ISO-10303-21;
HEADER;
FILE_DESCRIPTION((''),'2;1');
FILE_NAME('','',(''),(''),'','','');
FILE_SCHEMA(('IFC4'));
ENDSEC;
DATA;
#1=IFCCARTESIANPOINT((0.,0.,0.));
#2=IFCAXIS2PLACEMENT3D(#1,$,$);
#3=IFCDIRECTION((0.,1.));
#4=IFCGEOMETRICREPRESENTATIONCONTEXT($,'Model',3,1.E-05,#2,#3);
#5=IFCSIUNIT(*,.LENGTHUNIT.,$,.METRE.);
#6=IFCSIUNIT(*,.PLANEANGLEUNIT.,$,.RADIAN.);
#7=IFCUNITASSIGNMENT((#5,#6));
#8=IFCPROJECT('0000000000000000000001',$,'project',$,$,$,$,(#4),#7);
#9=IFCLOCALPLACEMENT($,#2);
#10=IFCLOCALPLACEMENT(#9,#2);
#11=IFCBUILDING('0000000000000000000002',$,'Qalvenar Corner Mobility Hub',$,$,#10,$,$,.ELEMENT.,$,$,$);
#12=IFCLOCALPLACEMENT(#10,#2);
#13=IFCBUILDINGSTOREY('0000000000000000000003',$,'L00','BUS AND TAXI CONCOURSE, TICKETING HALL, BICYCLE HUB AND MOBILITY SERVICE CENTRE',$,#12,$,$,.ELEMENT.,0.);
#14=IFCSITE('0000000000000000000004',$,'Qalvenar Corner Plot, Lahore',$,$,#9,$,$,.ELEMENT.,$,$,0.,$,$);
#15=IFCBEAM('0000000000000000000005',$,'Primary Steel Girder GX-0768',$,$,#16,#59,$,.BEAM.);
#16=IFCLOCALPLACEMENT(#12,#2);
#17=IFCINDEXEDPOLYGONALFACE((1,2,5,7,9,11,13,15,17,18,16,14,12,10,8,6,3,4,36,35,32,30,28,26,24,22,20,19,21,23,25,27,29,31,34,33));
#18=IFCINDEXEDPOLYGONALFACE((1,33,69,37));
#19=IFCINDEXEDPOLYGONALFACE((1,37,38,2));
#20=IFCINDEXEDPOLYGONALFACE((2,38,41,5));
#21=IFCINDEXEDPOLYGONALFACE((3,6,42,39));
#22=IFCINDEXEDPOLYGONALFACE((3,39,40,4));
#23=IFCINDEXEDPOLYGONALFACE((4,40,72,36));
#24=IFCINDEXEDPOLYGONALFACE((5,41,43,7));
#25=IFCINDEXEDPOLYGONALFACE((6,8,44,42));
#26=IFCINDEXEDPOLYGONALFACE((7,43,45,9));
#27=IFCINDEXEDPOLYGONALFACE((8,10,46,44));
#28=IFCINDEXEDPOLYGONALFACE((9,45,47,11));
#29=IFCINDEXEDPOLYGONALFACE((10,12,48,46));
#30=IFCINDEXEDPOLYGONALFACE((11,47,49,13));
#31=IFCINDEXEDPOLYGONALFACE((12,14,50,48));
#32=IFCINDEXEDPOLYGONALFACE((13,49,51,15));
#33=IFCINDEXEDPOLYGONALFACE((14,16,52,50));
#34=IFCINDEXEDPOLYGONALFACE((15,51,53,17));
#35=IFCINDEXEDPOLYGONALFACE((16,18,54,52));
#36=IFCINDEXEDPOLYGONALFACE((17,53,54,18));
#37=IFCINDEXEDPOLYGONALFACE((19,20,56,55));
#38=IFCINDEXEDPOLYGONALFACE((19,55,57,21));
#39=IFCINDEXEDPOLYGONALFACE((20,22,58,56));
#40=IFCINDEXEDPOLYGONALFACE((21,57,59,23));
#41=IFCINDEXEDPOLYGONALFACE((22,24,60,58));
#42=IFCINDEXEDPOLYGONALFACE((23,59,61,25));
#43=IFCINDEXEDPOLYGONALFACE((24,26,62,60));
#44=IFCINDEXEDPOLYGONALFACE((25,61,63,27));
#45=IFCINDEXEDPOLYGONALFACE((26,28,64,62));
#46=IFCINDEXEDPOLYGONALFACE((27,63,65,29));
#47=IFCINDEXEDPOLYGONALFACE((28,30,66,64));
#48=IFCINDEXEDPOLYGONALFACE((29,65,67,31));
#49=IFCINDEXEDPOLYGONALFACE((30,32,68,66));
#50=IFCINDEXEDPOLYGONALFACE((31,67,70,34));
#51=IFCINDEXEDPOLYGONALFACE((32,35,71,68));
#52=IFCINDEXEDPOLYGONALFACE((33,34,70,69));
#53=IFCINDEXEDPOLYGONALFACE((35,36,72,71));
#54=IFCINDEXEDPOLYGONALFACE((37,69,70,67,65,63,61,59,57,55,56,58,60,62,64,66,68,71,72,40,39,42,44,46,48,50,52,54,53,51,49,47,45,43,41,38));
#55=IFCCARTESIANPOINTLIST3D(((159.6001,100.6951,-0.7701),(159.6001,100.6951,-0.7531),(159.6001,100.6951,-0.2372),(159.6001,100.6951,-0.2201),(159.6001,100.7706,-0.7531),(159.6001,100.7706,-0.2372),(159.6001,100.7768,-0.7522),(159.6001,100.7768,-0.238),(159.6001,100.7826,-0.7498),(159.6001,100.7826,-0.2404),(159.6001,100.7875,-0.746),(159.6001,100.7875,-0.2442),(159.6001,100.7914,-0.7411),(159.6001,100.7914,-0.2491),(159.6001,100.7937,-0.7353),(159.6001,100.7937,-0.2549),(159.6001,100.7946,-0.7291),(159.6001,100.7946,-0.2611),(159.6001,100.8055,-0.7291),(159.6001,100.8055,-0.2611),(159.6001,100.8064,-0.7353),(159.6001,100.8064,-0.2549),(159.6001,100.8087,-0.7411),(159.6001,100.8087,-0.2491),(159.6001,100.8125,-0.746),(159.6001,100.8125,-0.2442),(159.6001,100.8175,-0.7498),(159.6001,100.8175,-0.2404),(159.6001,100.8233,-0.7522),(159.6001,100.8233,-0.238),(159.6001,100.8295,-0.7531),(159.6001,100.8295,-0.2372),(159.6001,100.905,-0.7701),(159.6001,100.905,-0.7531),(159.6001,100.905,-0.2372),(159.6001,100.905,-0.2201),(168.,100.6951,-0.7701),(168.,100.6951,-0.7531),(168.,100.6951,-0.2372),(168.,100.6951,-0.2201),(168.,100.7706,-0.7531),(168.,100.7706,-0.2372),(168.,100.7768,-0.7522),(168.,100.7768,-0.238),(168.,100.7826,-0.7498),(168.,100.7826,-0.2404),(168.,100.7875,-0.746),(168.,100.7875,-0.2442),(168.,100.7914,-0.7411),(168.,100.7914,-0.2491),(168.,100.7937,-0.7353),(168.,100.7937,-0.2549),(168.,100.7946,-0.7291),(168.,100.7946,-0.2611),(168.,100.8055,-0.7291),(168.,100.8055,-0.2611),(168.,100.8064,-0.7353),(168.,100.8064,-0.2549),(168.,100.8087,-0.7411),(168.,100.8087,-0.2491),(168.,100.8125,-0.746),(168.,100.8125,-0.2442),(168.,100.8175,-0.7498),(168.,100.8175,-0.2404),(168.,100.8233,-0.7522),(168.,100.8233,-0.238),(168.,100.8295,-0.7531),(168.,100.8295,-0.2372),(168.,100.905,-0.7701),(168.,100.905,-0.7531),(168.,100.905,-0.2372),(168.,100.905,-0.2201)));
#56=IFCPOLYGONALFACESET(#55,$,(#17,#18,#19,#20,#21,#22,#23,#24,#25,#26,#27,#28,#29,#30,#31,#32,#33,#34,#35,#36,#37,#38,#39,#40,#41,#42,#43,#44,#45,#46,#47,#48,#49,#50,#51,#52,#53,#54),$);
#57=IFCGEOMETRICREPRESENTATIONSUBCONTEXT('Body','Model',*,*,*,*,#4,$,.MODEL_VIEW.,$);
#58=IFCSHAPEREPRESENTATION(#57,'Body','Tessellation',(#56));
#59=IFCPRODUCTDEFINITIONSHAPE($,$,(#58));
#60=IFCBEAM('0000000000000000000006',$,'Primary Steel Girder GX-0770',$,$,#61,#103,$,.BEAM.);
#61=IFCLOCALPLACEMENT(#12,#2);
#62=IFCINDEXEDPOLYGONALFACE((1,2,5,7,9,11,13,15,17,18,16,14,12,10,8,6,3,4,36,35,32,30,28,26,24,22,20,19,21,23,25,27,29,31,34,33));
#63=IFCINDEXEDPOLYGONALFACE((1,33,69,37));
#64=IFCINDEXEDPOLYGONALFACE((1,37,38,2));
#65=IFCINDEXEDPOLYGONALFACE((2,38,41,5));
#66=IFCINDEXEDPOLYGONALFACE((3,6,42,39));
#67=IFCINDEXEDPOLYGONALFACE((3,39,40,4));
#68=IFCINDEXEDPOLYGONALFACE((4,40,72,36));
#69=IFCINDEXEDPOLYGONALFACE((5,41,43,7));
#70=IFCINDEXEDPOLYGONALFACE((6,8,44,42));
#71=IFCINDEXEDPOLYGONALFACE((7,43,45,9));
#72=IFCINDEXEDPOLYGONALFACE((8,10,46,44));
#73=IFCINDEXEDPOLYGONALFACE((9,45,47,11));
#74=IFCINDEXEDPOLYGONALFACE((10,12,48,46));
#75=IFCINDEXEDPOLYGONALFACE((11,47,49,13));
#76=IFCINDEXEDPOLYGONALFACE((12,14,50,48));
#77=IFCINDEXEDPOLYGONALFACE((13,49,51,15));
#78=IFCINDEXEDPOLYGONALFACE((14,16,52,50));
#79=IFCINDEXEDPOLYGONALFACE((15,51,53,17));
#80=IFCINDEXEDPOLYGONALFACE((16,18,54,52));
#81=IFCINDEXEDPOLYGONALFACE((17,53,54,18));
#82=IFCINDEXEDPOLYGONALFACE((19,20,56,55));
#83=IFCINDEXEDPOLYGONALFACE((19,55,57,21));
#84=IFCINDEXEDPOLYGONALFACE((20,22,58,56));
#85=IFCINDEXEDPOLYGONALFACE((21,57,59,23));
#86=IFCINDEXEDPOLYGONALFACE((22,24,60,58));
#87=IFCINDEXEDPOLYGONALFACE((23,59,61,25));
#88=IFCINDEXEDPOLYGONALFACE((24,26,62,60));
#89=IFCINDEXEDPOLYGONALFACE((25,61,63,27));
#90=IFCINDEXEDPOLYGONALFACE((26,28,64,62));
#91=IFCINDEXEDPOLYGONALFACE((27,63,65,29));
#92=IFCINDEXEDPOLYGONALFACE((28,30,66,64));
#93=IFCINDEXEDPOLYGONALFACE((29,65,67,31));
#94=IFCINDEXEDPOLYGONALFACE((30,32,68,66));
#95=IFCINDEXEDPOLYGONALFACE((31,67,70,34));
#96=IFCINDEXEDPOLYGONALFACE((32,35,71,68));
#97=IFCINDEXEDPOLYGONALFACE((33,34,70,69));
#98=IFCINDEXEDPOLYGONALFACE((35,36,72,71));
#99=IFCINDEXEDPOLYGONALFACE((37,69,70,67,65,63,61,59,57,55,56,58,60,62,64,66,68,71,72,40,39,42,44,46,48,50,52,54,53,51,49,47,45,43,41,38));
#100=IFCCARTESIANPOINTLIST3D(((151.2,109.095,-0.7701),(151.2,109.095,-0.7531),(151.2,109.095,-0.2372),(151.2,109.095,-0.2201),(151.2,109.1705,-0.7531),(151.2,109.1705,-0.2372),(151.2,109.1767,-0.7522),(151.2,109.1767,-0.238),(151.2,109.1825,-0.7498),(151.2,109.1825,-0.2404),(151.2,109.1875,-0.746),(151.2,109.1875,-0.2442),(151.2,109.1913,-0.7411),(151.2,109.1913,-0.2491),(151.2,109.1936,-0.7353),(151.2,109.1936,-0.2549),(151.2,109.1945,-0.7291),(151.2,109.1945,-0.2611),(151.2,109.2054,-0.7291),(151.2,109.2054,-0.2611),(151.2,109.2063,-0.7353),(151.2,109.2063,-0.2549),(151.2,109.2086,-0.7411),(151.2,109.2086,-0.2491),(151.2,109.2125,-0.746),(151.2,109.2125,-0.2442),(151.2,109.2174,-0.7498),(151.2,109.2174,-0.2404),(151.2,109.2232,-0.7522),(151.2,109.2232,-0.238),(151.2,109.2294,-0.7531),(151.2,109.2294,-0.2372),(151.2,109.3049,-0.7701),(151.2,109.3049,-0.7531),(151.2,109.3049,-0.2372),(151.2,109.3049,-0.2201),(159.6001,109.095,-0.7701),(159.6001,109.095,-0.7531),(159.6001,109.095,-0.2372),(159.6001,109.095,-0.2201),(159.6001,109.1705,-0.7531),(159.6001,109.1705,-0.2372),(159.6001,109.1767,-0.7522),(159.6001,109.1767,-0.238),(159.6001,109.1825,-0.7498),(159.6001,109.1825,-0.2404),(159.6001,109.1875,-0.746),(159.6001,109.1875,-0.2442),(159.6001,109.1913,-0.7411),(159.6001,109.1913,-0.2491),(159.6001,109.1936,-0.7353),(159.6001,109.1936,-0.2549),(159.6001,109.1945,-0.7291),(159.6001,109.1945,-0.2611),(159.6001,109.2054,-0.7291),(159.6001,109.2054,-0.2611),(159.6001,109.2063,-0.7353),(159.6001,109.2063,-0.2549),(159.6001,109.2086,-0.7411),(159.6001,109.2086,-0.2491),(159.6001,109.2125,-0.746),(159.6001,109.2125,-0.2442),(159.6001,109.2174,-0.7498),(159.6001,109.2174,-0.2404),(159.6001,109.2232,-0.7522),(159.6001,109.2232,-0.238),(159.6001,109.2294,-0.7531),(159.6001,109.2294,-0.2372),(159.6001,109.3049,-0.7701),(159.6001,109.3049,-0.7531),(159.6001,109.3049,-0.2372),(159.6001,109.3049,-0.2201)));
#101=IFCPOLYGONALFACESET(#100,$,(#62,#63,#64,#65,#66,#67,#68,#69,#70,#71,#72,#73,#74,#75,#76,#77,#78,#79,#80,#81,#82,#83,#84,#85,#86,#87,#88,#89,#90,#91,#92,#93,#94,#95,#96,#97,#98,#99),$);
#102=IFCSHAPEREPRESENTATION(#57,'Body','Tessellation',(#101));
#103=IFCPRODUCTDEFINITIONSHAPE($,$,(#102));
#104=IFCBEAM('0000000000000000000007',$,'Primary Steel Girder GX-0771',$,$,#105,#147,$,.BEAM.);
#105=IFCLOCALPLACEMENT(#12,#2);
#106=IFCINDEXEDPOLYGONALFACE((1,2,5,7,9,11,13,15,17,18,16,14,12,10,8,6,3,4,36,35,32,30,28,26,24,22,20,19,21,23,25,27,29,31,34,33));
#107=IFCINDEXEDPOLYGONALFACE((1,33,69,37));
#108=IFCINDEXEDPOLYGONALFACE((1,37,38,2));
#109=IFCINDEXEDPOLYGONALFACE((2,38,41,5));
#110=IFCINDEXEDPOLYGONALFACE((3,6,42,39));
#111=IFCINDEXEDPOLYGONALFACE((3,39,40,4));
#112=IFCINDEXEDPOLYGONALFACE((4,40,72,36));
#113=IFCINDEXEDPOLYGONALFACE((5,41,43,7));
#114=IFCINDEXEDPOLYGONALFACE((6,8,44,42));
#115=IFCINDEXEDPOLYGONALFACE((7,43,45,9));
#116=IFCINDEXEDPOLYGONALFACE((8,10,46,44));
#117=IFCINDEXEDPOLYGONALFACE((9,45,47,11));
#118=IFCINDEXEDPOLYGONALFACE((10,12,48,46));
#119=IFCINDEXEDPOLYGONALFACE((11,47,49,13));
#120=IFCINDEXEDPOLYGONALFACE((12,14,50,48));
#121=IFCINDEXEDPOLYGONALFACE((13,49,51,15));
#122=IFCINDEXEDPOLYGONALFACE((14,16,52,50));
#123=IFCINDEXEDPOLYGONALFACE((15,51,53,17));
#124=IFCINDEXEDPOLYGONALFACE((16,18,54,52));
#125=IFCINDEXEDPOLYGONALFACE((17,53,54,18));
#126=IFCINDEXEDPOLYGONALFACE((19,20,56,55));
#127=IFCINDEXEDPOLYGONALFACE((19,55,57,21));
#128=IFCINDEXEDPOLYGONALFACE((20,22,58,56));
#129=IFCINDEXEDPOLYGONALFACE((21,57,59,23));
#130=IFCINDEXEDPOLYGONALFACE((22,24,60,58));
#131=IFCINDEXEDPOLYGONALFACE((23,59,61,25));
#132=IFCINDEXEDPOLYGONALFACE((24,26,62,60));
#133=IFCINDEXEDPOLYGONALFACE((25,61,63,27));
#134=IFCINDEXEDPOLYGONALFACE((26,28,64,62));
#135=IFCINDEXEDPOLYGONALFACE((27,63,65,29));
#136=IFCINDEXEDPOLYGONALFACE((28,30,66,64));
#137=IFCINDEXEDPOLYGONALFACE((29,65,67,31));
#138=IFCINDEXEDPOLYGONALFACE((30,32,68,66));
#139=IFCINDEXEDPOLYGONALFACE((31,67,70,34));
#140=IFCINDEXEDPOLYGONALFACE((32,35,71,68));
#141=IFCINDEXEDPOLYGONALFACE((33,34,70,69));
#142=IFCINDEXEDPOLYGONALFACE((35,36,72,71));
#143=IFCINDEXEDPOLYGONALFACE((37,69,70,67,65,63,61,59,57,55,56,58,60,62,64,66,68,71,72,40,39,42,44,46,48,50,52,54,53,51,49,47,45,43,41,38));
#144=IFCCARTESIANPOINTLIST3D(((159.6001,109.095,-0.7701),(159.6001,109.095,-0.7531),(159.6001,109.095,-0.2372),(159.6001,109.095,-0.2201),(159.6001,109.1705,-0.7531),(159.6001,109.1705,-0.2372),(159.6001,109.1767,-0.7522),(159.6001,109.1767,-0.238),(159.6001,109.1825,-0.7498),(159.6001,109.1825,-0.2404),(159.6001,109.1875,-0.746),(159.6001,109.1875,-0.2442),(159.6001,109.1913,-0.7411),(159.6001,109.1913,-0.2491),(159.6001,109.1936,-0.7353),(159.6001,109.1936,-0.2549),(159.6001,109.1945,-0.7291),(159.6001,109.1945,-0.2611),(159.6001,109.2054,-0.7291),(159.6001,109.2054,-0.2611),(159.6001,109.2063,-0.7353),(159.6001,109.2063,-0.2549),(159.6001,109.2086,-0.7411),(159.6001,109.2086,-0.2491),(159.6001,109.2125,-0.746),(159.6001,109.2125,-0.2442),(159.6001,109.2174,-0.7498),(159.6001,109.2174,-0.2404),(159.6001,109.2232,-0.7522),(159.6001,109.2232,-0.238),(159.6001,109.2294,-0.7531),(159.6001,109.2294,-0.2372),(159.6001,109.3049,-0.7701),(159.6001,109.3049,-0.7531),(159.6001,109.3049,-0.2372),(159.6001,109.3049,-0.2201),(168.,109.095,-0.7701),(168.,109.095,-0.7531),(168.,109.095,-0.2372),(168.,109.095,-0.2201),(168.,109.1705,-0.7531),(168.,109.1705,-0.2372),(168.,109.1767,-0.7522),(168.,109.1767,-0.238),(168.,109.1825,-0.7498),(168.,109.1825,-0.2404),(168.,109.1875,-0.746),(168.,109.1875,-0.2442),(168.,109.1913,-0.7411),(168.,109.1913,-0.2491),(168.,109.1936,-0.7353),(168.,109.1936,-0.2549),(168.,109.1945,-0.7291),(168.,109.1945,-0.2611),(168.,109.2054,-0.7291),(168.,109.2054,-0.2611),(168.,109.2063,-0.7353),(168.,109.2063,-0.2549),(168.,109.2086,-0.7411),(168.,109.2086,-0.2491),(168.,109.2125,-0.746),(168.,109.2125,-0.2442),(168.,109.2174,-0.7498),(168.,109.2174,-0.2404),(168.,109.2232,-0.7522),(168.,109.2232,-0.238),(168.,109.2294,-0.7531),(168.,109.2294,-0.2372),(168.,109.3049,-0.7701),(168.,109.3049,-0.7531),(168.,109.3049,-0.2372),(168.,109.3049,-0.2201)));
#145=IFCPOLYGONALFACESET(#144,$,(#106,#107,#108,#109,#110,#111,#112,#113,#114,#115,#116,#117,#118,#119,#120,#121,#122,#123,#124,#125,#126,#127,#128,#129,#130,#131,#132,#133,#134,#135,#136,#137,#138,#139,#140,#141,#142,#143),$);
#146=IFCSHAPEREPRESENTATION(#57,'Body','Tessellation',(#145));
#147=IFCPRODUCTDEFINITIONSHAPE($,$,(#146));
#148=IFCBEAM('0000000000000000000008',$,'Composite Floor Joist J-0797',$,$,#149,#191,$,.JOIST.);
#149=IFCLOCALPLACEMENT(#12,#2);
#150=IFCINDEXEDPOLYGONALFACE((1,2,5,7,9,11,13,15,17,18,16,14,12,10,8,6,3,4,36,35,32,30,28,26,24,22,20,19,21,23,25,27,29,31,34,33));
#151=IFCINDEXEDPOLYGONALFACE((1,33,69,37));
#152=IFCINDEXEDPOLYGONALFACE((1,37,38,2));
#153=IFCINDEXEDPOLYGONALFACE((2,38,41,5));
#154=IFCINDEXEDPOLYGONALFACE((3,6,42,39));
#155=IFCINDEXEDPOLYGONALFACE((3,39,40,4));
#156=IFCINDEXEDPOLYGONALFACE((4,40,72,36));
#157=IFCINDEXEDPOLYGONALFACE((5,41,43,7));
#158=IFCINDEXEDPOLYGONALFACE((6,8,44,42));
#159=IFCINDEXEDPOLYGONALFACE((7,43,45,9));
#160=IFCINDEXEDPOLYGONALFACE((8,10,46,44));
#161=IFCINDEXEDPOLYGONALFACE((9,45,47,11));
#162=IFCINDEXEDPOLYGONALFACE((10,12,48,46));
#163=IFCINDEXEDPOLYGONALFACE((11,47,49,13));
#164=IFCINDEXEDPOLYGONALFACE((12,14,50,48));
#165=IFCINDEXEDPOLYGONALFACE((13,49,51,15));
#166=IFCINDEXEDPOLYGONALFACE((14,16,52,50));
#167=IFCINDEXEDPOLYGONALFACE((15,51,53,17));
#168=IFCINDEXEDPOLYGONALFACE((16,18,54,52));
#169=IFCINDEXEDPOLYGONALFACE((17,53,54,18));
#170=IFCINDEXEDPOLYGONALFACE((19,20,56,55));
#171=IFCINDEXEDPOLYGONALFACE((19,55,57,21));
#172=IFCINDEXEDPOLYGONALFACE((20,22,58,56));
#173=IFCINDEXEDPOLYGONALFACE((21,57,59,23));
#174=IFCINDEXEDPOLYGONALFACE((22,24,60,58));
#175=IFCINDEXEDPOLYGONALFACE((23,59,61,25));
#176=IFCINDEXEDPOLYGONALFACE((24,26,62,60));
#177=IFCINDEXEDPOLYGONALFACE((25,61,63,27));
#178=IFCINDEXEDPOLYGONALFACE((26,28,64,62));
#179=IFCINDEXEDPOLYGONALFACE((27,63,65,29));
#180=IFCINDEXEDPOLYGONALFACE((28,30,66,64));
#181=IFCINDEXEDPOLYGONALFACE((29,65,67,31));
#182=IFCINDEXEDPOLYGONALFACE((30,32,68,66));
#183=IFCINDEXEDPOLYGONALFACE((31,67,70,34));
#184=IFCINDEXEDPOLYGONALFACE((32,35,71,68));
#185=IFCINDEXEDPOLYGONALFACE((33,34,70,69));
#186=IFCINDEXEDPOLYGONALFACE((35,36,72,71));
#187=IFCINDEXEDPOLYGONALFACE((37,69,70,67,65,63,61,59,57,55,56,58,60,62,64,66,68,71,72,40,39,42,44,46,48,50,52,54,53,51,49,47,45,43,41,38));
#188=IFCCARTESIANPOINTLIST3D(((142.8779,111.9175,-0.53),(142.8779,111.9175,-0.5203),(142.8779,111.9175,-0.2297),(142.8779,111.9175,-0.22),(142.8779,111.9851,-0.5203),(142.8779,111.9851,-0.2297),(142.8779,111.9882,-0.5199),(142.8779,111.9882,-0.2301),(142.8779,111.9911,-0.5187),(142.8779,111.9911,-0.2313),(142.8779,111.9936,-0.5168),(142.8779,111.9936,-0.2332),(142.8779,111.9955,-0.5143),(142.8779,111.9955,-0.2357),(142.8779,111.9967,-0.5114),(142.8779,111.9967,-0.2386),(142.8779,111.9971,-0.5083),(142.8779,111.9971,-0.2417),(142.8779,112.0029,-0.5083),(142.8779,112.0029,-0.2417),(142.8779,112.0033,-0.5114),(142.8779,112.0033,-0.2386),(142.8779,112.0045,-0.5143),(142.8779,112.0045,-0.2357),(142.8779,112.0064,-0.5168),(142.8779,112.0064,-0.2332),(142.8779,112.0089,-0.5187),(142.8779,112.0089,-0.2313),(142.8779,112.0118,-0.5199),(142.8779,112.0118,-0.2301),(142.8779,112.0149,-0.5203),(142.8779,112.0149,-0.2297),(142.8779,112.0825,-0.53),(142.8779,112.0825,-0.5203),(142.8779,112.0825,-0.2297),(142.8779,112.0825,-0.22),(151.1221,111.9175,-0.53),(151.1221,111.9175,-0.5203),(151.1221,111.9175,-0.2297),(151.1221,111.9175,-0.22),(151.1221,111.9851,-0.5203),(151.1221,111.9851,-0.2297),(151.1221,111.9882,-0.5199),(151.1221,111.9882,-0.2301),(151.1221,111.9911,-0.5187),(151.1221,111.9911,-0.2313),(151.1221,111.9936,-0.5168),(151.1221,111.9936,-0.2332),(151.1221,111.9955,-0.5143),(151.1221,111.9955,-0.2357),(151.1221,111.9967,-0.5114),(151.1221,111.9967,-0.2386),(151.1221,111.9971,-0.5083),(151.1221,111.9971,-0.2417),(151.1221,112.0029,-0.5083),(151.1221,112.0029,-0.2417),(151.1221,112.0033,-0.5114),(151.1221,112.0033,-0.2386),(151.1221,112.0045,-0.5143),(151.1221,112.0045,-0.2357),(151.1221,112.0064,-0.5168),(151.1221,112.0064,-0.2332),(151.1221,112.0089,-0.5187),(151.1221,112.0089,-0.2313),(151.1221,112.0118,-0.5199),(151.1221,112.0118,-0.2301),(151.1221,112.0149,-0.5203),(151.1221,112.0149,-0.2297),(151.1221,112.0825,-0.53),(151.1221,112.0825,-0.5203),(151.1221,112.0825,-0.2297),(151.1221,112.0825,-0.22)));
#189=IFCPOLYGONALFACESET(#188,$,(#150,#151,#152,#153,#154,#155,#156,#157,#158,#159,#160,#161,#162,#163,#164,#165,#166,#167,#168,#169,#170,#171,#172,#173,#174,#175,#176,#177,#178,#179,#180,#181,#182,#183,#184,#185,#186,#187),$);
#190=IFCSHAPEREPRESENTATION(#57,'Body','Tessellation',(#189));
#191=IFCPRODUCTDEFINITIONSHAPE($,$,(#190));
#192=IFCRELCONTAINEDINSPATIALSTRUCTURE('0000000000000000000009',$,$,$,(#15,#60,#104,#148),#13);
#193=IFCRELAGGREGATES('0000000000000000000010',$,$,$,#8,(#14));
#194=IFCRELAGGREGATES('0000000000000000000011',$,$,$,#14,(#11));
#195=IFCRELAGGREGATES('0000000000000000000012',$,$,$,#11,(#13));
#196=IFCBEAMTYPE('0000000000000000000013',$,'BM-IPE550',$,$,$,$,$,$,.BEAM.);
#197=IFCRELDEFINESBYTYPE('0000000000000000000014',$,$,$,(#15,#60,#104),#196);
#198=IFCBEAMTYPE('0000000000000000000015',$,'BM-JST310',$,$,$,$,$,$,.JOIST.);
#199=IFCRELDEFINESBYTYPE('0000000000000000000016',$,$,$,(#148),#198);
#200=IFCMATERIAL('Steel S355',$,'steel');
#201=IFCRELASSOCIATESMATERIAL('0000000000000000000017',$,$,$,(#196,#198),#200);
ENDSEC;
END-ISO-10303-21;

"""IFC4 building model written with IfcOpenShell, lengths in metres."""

from ifc_helpers import new_model, si_unit, direction, frame, origin, origin_2d, place, context, subcontext, project, spatial, i_section, extrude, material, material_profile, profile_set, type_object, element, save


model = new_model("IFC4")

# Units and contexts
model_context = context("Model", 3, precision=1e-05, world=origin(), true_north=direction((0.0, 1.0)))
body_context = subcontext(model_context, "Body", "Model", "MODEL_VIEW")
ifc_project = project(units=[si_unit("LENGTHUNIT", "METRE"), si_unit("PLANEANGLEUNIT", "RADIAN")], contexts=[model_context])

# Site, building, storey
site_placement = place(None, origin())
site = spatial("IfcSite", under=ifc_project, at=site_placement, Name="Qalvenar Corner Plot, Lahore", CompositionType="ELEMENT", RefElevation=0.0)
building_placement = place(site_placement, origin())
building = spatial("IfcBuilding", under=site, at=building_placement, Name="Qalvenar Corner Mobility Hub", CompositionType="ELEMENT")
storey_placement = place(building_placement, origin())
storey = spatial("IfcBuildingStorey", under=building, at=storey_placement, Name="L00", Description="BUS AND TAXI CONCOURSE, TICKETING HALL, BICYCLE HUB AND MOBILITY SERVICE CENTRE", CompositionType="ELEMENT", Elevation=0.0)

# Shared definitions
ifc_material_1 = material(Name="Steel S355", Category="steel")

# Beams
ifc_material_profile_1 = material_profile(ifc_material_1, i_section(OverallWidth=0.21, OverallDepth=0.55, WebThickness=0.011, FlangeThickness=0.0171, FilletRadius=0.0239, at=origin_2d()), Name="IPE550")
ifc_profile_set_1 = profile_set([ifc_material_profile_1], Name="Steel S355")
beam_type_1 = type_object("IfcBeamType", Name="BM-IPE550", PredefinedType="BEAM", material=ifc_profile_set_1)
for number, where, z_axis, x_axis, name in (
    (1, (159.6001, 100.8, -0.4951), (1.0, 0.0, 0.0), (0.0, 1.0, 0.0), "Primary Steel Girder GX-0768"),
):
    element("IfcBeam", number, at=place(storey_placement, frame(where, z_axis=z_axis, x_axis=x_axis)), inside=storey, type_object=beam_type_1, Name=name, PredefinedType="BEAM", context=body_context, shape_type="SweptSolid", body=[
        extrude(i_section(OverallWidth=0.21, OverallDepth=0.55, WebThickness=0.011, FlangeThickness=0.0171, FilletRadius=0.0239, at=origin_2d()), origin(), (0.0, 0.0, 1.0), 8.3999),
    ])
beam_1_placement = place(storey_placement, frame((151.2, 109.2, -0.4951), z_axis=(1.0, 0.0, 0.0), x_axis=(0.0, 1.0, 0.0)))
element("IfcBeam", 2, at=beam_1_placement, inside=storey, type_object=beam_type_1, Name="Primary Steel Girder GX-0770", PredefinedType="BEAM", context=body_context, shape_type="SweptSolid", body=[
    extrude(i_section(OverallWidth=0.21, OverallDepth=0.55, WebThickness=0.011, FlangeThickness=0.0171, FilletRadius=0.0239, at=origin_2d()), origin(), (0.0, 0.0, 1.0), 8.4001),
])
beam_2_placement = place(storey_placement, frame((159.6001, 109.2, -0.4951), z_axis=(1.0, 0.0, 0.0), x_axis=(0.0, 1.0, 0.0)))
element("IfcBeam", 3, at=beam_2_placement, inside=storey, type_object=beam_type_1, Name="Primary Steel Girder GX-0771", PredefinedType="BEAM", context=body_context, shape_type="SweptSolid", body=[
    extrude(i_section(OverallWidth=0.21, OverallDepth=0.55, WebThickness=0.011, FlangeThickness=0.0171, FilletRadius=0.0239, at=origin_2d()), origin(), (0.0, 0.0, 1.0), 8.3999),
])
ifc_material_profile_2 = material_profile(ifc_material_1, i_section(OverallWidth=0.165, OverallDepth=0.3101, WebThickness=0.0059, FlangeThickness=0.0098, FilletRadius=0.012, at=origin_2d()), Name="W310x38.7")
ifc_profile_set_2 = profile_set([ifc_material_profile_2], Name="Steel S355")
beam_type_2 = type_object("IfcBeamType", Name="BM-JST310", PredefinedType="JOIST", material=ifc_profile_set_2)
for number, where, z_axis, x_axis, name in (
    (4, (142.8779, 112.0, -0.375), (1.0, 0.0, 0.0), (0.0, 1.0, 0.0), "Composite Floor Joist J-0797"),
):
    element("IfcBeam", number, at=place(storey_placement, frame(where, z_axis=z_axis, x_axis=x_axis)), inside=storey, type_object=beam_type_2, Name=name, PredefinedType="JOIST", context=body_context, shape_type="SweptSolid", body=[
        extrude(i_section(OverallWidth=0.165, OverallDepth=0.3101, WebThickness=0.0059, FlangeThickness=0.0098, FilletRadius=0.012, at=origin_2d()), origin(), (0.0, 0.0, 1.0), 8.2441),
    ])

save(model, "model.ifc")
